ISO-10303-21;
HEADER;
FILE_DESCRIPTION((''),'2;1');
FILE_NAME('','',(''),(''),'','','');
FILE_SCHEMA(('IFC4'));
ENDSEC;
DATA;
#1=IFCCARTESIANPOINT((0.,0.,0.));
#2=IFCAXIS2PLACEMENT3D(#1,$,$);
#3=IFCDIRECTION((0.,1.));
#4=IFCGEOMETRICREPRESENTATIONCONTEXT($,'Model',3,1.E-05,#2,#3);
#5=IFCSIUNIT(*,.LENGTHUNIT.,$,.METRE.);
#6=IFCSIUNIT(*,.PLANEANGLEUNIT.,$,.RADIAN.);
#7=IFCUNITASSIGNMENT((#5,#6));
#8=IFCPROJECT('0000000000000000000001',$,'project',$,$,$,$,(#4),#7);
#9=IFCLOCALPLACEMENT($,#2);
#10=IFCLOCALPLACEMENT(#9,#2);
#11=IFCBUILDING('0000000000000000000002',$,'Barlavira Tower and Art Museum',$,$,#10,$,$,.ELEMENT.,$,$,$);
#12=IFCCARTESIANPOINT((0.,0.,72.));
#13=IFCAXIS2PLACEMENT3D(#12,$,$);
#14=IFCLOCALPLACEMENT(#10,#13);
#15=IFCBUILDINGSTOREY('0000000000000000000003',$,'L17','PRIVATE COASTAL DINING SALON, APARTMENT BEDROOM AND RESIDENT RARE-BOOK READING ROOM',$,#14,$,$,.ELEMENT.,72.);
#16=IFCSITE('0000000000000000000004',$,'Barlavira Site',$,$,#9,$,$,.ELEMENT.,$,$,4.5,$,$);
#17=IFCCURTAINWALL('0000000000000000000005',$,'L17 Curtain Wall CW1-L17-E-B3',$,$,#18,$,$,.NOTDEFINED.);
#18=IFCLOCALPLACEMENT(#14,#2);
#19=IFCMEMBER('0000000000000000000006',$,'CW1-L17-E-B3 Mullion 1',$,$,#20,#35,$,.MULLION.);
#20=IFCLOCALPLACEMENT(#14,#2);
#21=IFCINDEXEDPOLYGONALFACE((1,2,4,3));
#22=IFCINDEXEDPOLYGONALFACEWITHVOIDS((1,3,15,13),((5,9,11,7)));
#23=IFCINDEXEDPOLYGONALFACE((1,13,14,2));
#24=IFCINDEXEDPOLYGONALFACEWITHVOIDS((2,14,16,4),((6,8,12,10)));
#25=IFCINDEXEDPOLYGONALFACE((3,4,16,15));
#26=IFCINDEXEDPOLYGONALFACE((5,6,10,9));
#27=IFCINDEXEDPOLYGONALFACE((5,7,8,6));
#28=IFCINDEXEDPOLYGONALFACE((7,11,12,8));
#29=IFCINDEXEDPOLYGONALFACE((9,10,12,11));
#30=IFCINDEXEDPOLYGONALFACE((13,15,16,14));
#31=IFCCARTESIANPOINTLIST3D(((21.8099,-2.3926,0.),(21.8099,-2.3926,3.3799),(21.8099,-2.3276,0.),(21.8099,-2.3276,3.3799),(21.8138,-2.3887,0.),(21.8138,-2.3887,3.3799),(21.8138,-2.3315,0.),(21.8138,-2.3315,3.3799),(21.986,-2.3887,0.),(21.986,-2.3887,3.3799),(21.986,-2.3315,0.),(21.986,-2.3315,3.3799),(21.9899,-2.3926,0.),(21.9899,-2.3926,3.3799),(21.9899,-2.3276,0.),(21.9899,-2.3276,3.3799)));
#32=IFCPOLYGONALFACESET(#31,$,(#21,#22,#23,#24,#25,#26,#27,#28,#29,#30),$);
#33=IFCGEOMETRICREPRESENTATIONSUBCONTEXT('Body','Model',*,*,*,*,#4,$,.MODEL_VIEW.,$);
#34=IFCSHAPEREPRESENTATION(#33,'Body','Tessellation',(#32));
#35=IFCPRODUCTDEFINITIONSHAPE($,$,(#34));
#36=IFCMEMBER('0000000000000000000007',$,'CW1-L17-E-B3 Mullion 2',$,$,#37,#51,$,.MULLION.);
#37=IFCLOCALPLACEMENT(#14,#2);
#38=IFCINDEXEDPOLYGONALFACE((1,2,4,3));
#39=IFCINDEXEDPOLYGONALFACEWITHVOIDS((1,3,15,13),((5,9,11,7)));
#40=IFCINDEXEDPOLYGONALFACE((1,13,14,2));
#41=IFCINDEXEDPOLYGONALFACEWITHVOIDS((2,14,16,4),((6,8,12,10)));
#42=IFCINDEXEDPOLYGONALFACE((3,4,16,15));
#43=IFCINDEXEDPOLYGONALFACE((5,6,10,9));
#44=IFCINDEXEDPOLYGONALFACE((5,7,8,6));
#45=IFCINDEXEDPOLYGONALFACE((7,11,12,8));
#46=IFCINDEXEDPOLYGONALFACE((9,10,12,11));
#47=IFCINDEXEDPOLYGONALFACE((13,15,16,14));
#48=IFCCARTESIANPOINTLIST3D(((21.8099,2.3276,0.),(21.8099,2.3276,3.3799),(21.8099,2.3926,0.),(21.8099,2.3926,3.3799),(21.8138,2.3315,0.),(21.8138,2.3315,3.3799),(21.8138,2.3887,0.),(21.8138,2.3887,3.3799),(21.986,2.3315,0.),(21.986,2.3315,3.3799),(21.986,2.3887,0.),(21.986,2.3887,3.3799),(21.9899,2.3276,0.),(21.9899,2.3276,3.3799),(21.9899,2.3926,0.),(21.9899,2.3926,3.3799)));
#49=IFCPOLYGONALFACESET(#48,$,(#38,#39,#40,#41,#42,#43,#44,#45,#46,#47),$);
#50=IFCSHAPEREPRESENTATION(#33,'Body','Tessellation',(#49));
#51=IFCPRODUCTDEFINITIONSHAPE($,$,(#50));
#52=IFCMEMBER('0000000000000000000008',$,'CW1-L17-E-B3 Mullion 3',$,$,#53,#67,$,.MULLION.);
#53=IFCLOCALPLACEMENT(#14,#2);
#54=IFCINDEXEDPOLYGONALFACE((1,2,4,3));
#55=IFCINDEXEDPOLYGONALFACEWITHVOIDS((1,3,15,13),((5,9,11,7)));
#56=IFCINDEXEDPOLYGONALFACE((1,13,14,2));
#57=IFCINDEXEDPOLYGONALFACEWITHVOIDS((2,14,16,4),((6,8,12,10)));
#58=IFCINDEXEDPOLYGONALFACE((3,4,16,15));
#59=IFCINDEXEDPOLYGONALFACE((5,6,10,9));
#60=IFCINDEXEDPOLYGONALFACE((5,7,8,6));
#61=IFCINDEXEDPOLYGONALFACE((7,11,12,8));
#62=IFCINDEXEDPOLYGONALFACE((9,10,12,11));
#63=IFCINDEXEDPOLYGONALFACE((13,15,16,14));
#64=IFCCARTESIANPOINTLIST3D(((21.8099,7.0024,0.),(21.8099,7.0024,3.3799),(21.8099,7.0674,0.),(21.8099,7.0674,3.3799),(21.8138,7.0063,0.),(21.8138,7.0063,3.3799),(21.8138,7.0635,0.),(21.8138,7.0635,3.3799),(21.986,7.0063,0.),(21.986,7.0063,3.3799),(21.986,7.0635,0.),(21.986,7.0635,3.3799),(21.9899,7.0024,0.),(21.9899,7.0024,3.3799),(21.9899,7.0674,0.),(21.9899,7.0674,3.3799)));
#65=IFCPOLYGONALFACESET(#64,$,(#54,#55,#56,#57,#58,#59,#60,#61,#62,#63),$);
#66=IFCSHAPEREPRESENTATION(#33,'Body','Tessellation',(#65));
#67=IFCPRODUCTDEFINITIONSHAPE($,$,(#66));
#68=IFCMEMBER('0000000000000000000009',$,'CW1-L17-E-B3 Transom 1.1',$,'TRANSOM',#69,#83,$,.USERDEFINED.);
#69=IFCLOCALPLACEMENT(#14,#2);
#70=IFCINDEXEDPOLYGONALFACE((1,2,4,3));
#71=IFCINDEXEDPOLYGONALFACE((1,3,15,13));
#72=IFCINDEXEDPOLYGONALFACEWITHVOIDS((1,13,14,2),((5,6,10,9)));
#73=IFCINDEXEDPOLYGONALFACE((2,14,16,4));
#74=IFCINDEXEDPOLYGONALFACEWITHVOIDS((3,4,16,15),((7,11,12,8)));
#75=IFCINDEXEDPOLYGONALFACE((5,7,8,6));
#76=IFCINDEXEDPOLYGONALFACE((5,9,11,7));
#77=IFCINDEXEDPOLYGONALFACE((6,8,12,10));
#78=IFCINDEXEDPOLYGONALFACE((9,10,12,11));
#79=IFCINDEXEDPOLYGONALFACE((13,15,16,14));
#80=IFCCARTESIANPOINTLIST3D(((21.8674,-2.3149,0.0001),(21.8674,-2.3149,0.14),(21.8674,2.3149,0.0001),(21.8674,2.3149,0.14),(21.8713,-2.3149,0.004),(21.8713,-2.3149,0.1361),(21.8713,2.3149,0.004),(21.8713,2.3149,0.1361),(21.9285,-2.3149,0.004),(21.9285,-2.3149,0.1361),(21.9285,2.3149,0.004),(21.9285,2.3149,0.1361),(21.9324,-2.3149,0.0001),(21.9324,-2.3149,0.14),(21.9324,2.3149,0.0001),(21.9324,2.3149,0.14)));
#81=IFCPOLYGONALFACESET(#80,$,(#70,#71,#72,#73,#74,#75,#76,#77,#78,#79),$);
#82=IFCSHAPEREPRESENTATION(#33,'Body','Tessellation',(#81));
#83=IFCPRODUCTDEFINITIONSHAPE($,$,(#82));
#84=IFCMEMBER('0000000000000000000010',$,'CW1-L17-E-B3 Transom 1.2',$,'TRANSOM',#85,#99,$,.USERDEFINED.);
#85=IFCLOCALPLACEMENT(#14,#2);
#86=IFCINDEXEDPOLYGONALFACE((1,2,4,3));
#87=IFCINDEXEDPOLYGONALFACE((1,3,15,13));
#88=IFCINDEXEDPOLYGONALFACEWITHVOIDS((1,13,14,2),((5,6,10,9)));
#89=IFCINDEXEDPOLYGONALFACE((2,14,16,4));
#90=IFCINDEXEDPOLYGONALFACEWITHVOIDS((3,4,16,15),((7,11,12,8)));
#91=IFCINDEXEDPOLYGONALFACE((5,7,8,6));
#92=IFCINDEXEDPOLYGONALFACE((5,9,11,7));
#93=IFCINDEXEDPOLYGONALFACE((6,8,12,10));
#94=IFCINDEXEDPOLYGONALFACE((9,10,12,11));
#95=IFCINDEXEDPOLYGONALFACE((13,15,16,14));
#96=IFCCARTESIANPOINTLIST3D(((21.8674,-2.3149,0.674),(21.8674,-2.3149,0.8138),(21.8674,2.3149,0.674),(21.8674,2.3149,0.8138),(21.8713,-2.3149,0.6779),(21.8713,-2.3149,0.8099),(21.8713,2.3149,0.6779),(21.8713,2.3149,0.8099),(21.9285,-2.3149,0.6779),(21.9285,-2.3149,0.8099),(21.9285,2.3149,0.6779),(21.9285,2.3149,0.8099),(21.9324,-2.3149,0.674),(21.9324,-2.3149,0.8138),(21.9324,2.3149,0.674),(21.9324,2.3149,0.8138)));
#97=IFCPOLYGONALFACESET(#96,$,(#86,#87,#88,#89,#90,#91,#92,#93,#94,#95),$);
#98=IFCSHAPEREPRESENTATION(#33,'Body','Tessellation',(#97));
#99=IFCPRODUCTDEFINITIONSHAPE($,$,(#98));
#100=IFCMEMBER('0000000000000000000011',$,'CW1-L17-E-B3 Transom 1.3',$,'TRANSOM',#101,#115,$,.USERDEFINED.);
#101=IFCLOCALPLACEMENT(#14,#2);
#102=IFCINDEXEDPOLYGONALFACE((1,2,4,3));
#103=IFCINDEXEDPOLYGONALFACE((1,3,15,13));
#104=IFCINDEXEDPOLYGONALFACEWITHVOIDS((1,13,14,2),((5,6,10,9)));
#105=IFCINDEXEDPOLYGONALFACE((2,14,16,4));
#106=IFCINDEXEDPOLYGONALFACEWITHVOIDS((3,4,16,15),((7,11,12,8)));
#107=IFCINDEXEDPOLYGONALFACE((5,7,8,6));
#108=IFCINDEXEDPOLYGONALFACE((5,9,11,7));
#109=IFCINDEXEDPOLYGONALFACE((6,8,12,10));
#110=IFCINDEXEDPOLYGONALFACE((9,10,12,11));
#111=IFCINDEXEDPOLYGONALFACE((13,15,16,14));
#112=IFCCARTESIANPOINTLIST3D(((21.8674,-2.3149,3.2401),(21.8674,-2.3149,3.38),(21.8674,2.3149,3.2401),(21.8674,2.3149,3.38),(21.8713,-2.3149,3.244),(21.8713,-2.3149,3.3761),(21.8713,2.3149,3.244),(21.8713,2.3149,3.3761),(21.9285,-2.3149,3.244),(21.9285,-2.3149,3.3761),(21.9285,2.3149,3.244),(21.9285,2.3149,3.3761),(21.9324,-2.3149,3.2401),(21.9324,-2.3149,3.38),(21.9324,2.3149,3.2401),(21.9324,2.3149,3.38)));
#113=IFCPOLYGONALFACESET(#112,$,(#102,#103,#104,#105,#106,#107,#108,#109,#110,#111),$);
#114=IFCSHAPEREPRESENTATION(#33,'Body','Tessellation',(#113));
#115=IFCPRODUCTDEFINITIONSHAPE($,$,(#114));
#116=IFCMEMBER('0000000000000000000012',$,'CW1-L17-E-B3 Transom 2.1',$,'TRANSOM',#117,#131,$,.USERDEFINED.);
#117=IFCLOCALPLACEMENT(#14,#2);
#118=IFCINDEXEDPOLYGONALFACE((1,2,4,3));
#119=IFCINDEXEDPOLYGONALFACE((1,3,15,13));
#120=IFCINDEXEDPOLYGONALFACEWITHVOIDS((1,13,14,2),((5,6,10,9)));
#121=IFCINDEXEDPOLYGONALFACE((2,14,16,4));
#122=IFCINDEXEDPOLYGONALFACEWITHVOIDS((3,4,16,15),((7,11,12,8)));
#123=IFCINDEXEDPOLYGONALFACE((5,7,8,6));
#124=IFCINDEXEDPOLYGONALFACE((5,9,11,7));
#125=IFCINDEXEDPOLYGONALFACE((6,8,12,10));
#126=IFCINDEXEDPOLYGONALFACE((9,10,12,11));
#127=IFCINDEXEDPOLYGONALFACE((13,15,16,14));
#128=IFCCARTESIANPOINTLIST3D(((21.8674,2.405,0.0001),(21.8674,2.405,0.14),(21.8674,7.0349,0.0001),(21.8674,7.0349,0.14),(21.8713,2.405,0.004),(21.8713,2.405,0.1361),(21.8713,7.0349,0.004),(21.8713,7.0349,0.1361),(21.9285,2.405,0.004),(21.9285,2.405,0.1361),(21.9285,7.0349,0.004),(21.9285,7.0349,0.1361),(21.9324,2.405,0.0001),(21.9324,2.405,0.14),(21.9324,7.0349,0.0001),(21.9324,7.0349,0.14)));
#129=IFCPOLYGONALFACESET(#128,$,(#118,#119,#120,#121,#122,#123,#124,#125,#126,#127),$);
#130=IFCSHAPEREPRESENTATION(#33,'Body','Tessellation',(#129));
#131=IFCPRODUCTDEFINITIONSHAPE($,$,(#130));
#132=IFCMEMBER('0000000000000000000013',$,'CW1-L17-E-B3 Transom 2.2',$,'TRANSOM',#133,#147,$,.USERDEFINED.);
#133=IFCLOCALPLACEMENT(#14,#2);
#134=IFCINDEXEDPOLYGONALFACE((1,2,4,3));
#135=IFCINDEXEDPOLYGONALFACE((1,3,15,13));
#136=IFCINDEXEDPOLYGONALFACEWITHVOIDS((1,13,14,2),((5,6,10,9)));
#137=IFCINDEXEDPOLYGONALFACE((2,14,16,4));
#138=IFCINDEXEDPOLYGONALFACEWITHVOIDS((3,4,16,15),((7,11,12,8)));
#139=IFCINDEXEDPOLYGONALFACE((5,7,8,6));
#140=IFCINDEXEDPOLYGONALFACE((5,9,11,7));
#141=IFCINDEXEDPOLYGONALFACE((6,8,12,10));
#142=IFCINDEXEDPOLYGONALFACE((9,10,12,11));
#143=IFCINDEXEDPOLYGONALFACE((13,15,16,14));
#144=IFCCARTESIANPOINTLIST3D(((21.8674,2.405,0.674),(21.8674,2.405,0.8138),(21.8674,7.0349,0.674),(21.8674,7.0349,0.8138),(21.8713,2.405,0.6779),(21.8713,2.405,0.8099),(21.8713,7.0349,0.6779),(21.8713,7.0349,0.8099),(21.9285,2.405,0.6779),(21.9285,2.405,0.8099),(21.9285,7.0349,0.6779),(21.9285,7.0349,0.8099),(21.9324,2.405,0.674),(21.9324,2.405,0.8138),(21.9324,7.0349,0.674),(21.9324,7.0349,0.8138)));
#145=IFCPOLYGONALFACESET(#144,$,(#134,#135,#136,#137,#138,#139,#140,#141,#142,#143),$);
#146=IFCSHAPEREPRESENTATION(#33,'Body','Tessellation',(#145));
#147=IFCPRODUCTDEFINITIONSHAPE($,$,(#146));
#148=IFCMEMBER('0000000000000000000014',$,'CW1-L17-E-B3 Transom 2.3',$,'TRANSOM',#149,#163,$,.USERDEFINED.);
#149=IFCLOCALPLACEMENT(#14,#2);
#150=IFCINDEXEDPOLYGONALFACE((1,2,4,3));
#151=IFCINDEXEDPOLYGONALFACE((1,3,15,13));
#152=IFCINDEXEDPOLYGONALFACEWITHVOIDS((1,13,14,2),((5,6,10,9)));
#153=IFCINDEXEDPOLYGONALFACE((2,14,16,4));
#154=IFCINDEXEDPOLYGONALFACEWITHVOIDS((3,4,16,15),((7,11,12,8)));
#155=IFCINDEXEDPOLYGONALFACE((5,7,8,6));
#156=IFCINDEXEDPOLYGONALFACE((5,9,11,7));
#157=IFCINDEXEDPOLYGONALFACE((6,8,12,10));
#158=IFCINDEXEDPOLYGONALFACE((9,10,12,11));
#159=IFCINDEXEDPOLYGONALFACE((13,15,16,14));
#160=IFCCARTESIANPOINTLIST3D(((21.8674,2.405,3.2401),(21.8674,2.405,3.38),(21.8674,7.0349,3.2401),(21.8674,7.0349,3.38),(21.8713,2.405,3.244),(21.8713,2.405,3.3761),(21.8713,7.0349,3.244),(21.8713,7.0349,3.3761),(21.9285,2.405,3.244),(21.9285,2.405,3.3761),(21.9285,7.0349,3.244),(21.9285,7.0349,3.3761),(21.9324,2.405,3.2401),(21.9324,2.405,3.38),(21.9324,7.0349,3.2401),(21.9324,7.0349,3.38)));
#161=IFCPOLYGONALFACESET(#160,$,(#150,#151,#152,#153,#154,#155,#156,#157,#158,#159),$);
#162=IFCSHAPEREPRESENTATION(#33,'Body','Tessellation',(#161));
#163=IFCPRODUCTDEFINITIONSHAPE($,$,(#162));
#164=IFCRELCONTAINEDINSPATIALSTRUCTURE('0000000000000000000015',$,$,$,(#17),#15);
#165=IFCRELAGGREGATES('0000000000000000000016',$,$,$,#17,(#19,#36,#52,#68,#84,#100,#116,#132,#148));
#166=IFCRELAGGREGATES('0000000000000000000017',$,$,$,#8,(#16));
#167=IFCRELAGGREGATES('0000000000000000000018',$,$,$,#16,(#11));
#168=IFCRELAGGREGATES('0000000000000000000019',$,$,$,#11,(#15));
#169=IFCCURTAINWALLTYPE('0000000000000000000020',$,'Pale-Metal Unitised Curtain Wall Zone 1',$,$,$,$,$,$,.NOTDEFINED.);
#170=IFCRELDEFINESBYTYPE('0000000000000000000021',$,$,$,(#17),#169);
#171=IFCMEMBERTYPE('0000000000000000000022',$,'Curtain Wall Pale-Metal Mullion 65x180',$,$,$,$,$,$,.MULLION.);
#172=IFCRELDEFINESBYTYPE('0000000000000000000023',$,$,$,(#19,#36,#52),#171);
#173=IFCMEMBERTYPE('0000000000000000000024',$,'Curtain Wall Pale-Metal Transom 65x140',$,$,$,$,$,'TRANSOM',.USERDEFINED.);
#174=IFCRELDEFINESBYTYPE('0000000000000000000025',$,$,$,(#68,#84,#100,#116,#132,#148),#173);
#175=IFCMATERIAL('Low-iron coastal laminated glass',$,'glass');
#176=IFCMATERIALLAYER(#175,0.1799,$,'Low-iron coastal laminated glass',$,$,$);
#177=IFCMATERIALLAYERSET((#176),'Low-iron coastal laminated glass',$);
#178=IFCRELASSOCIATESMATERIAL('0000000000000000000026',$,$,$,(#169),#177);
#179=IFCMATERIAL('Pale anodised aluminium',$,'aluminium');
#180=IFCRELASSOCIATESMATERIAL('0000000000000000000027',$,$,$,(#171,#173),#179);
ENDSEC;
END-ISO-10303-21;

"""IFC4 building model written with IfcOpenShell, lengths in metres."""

from ifc_helpers import new_model, si_unit, direction, frame, origin, origin_2d, place, context, subcontext, project, spatial, hollow_rectangle, extrude, material, layer, layer_set, material_profile, profile_set, type_object, element, aggregate, save


model = new_model("IFC4")

# Units and contexts
model_context = context("Model", 3, precision=1e-05, world=origin(), true_north=direction((0.0, 1.0)))
body_context = subcontext(model_context, "Body", "Model", "MODEL_VIEW")
ifc_project = project(units=[si_unit("LENGTHUNIT", "METRE"), si_unit("PLANEANGLEUNIT", "RADIAN")], contexts=[model_context])

# Site, building, storey
site_placement = place(None, origin())
site = spatial("IfcSite", under=ifc_project, at=site_placement, Name="Barlavira Site", CompositionType="ELEMENT", RefElevation=4.5)
building_placement = place(site_placement, origin())
building = spatial("IfcBuilding", under=site, at=building_placement, Name="Barlavira Tower and Art Museum", CompositionType="ELEMENT")
storey_placement = place(building_placement, frame((0.0, 0.0, 72.0)))
storey = spatial("IfcBuildingStorey", under=building, at=storey_placement, Name="L17", Description="PRIVATE COASTAL DINING SALON, APARTMENT BEDROOM AND RESIDENT RARE-BOOK READING ROOM", CompositionType="ELEMENT", Elevation=72.0)

# Curtain wall, members
ifc_material_1 = material(Name="Low-iron coastal laminated glass", Category="glass")
ifc_layer_1 = layer(ifc_material_1, 0.1799, Name="Low-iron coastal laminated glass")
ifc_layer_set_1 = layer_set([ifc_layer_1], Name="Low-iron coastal laminated glass")
curtain_wall_type = type_object("IfcCurtainWallType", Name="Pale-Metal Unitised Curtain Wall Zone 1", PredefinedType="NOTDEFINED", material=ifc_layer_set_1)
curtain_wall_placement = place(storey_placement, origin())
curtain_wall = element("IfcCurtainWall", 1, at=curtain_wall_placement, inside=storey, type_object=curtain_wall_type, Name="L17 Curtain Wall CW1-L17-E-B3", PredefinedType="NOTDEFINED")
ifc_material_2 = material(Name="Pale anodised aluminium", Category="aluminium")
ifc_material_profile_1 = material_profile(ifc_material_2, hollow_rectangle(XDim=0.0649, YDim=0.1799, WallThickness=0.0039, at=origin_2d()), Name="ALU-MULL 65x180x4")
ifc_profile_set_1 = profile_set([ifc_material_profile_1], Name="Pale anodised aluminium")
member_type_1 = type_object("IfcMemberType", Name="Curtain Wall Pale-Metal Mullion 65x180", PredefinedType="MULLION", material=ifc_profile_set_1)
member_1_placement = place(storey_placement, frame((21.8999, -2.3601, 0.0), z_axis=(0.0, 0.0, 1.0), x_axis=(0.0, 1.0, 0.0)))
member_1 = element("IfcMember", 2, at=member_1_placement, type_object=member_type_1, Name="CW1-L17-E-B3 Mullion 1", PredefinedType="MULLION", context=body_context, shape_type="SweptSolid", body=[
    extrude(hollow_rectangle(XDim=0.0649, YDim=0.1799, WallThickness=0.0039, at=origin_2d()), origin(), (0.0, 0.0, 1.0), 3.3799),
])
member_2_placement = place(storey_placement, frame((21.8999, 2.3601, 0.0), z_axis=(0.0, 0.0, 1.0), x_axis=(0.0, 1.0, 0.0)))
member_2 = element("IfcMember", 3, at=member_2_placement, type_object=member_type_1, Name="CW1-L17-E-B3 Mullion 2", PredefinedType="MULLION", context=body_context, shape_type="SweptSolid", body=[
    extrude(hollow_rectangle(XDim=0.0649, YDim=0.1799, WallThickness=0.0039, at=origin_2d()), origin(), (0.0, 0.0, 1.0), 3.3799),
])
member_3_placement = place(storey_placement, frame((21.8999, 7.0349, 0.0), z_axis=(0.0, 0.0, 1.0), x_axis=(0.0, 1.0, 0.0)))
member_3 = element("IfcMember", 4, at=member_3_placement, type_object=member_type_1, Name="CW1-L17-E-B3 Mullion 3", PredefinedType="MULLION", context=body_context, shape_type="SweptSolid", body=[
    extrude(hollow_rectangle(XDim=0.0649, YDim=0.1799, WallThickness=0.0039, at=origin_2d()), origin(), (0.0, 0.0, 1.0), 3.3799),
])
ifc_material_profile_2 = material_profile(ifc_material_2, hollow_rectangle(XDim=0.0649, YDim=0.1399, WallThickness=0.0039, at=origin_2d()), Name="ALU-TRAN 65x140x4")
ifc_profile_set_2 = profile_set([ifc_material_profile_2], Name="Pale anodised aluminium")
member_type_2 = type_object("IfcMemberType", Name="Curtain Wall Pale-Metal Transom 65x140", ElementType="TRANSOM", PredefinedType="USERDEFINED", material=ifc_profile_set_2)
member_4_placement = place(storey_placement, frame((21.8999, -2.3149, 0.0701), z_axis=(0.0, 1.0, 0.0), x_axis=(-1.0, 0.0, 0.0)))
member_4 = element("IfcMember", 5, at=member_4_placement, type_object=member_type_2, Name="CW1-L17-E-B3 Transom 1.1", ObjectType="TRANSOM", PredefinedType="USERDEFINED", context=body_context, shape_type="SweptSolid", body=[
    extrude(hollow_rectangle(XDim=0.0649, YDim=0.1399, WallThickness=0.0039, at=origin_2d()), origin(), (0.0, 0.0, 1.0), 4.6299),
])
member_5_placement = place(storey_placement, frame((21.8999, -2.3149, 0.7439), z_axis=(0.0, 1.0, 0.0), x_axis=(-1.0, 0.0, 0.0)))
member_5 = element("IfcMember", 6, at=member_5_placement, type_object=member_type_2, Name="CW1-L17-E-B3 Transom 1.2", ObjectType="TRANSOM", PredefinedType="USERDEFINED", context=body_context, shape_type="SweptSolid", body=[
    extrude(hollow_rectangle(XDim=0.0649, YDim=0.1399, WallThickness=0.0039, at=origin_2d()), origin(), (0.0, 0.0, 1.0), 4.6299),
])
member_6_placement = place(storey_placement, frame((21.8999, -2.3149, 3.3101), z_axis=(0.0, 1.0, 0.0), x_axis=(-1.0, 0.0, 0.0)))
member_6 = element("IfcMember", 7, at=member_6_placement, type_object=member_type_2, Name="CW1-L17-E-B3 Transom 1.3", ObjectType="TRANSOM", PredefinedType="USERDEFINED", context=body_context, shape_type="SweptSolid", body=[
    extrude(hollow_rectangle(XDim=0.0649, YDim=0.1399, WallThickness=0.0039, at=origin_2d()), origin(), (0.0, 0.0, 1.0), 4.6299),
])
member_7_placement = place(storey_placement, frame((21.8999, 2.405, 0.0701), z_axis=(0.0, 1.0, 0.0), x_axis=(-1.0, 0.0, 0.0)))
member_7 = element("IfcMember", 8, at=member_7_placement, type_object=member_type_2, Name="CW1-L17-E-B3 Transom 2.1", ObjectType="TRANSOM", PredefinedType="USERDEFINED", context=body_context, shape_type="SweptSolid", body=[
    extrude(hollow_rectangle(XDim=0.0649, YDim=0.1399, WallThickness=0.0039, at=origin_2d()), origin(), (0.0, 0.0, 1.0), 4.6299),
])
member_8_placement = place(storey_placement, frame((21.8999, 2.405, 0.7439), z_axis=(0.0, 1.0, 0.0), x_axis=(-1.0, 0.0, 0.0)))
member_8 = element("IfcMember", 9, at=member_8_placement, type_object=member_type_2, Name="CW1-L17-E-B3 Transom 2.2", ObjectType="TRANSOM", PredefinedType="USERDEFINED", context=body_context, shape_type="SweptSolid", body=[
    extrude(hollow_rectangle(XDim=0.0649, YDim=0.1399, WallThickness=0.0039, at=origin_2d()), origin(), (0.0, 0.0, 1.0), 4.6299),
])
member_9_placement = place(storey_placement, frame((21.8999, 2.405, 3.3101), z_axis=(0.0, 1.0, 0.0), x_axis=(-1.0, 0.0, 0.0)))
member_9 = element("IfcMember", 10, at=member_9_placement, type_object=member_type_2, Name="CW1-L17-E-B3 Transom 2.3", ObjectType="TRANSOM", PredefinedType="USERDEFINED", context=body_context, shape_type="SweptSolid", body=[
    extrude(hollow_rectangle(XDim=0.0649, YDim=0.1399, WallThickness=0.0039, at=origin_2d()), origin(), (0.0, 0.0, 1.0), 4.6299),
])

aggregate(curtain_wall, [member_1, member_2, member_3, member_4, member_5, member_6, member_7, member_8, member_9])

save(model, "model.ifc")
